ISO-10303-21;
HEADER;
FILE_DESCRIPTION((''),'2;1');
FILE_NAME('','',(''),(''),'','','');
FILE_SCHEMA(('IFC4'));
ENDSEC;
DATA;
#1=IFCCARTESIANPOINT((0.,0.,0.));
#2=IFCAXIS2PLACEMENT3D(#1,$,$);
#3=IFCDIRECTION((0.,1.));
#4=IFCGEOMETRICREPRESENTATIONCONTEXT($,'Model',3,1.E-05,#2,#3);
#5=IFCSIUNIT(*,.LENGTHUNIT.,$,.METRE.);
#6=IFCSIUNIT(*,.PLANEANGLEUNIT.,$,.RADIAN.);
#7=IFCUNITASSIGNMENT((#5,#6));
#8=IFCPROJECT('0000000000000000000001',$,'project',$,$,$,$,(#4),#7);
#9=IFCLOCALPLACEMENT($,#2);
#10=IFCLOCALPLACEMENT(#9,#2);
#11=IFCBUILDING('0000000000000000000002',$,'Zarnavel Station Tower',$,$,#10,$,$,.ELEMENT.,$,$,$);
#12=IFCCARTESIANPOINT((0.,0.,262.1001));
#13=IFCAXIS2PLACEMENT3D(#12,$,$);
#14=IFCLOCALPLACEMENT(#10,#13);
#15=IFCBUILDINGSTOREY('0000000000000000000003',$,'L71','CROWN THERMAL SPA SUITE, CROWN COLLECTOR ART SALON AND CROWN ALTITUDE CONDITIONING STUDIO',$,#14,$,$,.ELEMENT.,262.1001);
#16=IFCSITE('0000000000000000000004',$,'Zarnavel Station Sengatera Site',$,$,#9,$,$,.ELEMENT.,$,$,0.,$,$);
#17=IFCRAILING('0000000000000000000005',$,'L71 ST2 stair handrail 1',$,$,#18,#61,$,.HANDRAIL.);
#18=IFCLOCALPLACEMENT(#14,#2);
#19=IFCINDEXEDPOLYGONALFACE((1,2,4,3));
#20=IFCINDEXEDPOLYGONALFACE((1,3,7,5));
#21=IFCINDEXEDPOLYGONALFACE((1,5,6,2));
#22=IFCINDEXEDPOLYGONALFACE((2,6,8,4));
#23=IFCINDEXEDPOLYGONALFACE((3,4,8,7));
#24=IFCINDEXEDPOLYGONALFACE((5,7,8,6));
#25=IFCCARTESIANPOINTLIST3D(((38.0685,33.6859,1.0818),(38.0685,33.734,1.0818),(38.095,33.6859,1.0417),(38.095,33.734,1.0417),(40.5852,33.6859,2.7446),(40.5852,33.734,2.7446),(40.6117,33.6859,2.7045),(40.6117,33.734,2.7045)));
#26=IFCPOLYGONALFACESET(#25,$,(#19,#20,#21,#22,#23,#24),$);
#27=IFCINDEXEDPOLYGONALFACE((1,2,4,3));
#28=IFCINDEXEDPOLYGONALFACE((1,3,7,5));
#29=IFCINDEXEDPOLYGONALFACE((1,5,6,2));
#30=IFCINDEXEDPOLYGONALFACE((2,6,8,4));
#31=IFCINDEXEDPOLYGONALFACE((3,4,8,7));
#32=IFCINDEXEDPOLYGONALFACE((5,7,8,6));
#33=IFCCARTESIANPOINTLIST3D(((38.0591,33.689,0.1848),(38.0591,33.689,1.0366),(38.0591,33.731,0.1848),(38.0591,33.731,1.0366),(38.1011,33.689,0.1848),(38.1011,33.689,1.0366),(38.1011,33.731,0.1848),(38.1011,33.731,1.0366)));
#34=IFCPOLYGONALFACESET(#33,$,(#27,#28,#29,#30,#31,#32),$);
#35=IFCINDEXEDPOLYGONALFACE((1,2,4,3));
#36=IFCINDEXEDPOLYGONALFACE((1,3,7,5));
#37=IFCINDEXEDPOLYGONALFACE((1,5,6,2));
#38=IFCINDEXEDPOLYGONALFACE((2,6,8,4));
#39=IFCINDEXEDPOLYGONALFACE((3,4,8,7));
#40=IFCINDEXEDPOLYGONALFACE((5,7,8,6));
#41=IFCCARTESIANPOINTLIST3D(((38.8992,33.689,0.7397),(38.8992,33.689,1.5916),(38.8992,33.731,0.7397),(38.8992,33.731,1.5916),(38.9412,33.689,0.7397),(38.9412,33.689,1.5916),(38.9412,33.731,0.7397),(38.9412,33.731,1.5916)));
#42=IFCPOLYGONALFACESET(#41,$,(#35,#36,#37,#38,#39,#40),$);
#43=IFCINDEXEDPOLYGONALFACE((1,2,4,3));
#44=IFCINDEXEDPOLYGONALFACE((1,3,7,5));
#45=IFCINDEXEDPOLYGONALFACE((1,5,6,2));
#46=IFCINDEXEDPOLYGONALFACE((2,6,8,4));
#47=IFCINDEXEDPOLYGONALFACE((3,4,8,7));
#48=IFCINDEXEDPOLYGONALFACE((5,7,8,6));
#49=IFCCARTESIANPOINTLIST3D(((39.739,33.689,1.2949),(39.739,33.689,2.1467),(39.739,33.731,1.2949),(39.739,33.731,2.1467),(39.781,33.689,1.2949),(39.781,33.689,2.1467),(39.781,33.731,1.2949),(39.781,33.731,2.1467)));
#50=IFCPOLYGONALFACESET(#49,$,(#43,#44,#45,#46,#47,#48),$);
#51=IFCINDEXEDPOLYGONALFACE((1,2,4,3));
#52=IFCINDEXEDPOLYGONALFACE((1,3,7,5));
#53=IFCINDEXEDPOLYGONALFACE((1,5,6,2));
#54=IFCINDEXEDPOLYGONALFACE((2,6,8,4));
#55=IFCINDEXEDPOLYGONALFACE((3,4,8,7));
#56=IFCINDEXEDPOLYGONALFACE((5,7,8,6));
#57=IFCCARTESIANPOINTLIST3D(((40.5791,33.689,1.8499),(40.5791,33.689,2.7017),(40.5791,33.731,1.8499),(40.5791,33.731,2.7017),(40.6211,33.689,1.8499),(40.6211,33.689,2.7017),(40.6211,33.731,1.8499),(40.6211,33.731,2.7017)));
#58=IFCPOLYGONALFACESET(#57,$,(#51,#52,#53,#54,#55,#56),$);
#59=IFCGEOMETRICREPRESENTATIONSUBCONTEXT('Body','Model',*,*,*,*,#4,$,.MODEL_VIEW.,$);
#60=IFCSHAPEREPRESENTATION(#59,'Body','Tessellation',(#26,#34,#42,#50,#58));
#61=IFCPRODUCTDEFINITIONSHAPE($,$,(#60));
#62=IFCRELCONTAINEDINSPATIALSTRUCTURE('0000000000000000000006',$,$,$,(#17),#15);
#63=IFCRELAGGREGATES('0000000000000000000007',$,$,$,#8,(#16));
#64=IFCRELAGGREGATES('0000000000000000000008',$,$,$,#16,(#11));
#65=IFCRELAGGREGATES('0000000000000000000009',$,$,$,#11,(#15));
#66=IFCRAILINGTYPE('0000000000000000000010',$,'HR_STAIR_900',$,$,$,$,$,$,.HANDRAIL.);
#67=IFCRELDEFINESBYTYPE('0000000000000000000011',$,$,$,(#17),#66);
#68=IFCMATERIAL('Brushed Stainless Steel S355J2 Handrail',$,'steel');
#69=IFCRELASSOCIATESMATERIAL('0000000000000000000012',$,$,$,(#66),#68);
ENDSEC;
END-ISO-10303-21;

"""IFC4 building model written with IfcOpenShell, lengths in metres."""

from ifc_helpers import new_model, si_unit, direction, frame, origin, origin_2d, place, context, subcontext, project, spatial, rectangle, extrude, material, type_object, element, save


model = new_model("IFC4")

# Units and contexts
model_context = context("Model", 3, precision=1e-05, world=origin(), true_north=direction((0.0, 1.0)))
body_context = subcontext(model_context, "Body", "Model", "MODEL_VIEW")
ifc_project = project(units=[si_unit("LENGTHUNIT", "METRE"), si_unit("PLANEANGLEUNIT", "RADIAN")], contexts=[model_context])

# Site, building, storey
site_placement = place(None, origin())
site = spatial("IfcSite", under=ifc_project, at=site_placement, Name="Zarnavel Station Sengatera Site", CompositionType="ELEMENT", RefElevation=0.0)
building_placement = place(site_placement, origin())
building = spatial("IfcBuilding", under=site, at=building_placement, Name="Zarnavel Station Tower", CompositionType="ELEMENT")
storey_placement = place(building_placement, frame((0.0, 0.0, 262.1001)))
storey = spatial("IfcBuildingStorey", under=building, at=storey_placement, Name="L71", Description="CROWN THERMAL SPA SUITE, CROWN COLLECTOR ART SALON AND CROWN ALTITUDE CONDITIONING STUDIO", CompositionType="ELEMENT", Elevation=262.1001)

# Railing
ifc_material_1 = material(Name="Brushed Stainless Steel S355J2 Handrail", Category="steel")
railing_type_1 = type_object("IfcRailingType", Name="HR_STAIR_900", PredefinedType="HANDRAIL", material=ifc_material_1)
railing_1_placement = place(storey_placement, frame((38.0801, 33.71, 0.1848)))
element("IfcRailing", 1, at=railing_1_placement, inside=storey, type_object=railing_type_1, Name="L71 ST2 stair handrail 1", PredefinedType="HANDRAIL", context=body_context, shape_type="SweptSolid", body=[
    extrude(rectangle(XDim=0.0481, YDim=0.0481, at=origin_2d()), frame((0.0017, 0.0, 0.877), z_axis=(0.834331, 0.0, 0.551263), x_axis=(0.0, 1.0, 0.0)), (0.0, 0.0, 1.0), 3.0164),
    extrude(rectangle(XDim=0.042, YDim=0.042, at=origin_2d()), origin(), (0.0, 0.0, 1.0), 0.8518),
    extrude(rectangle(XDim=0.042, YDim=0.042, at=origin_2d()), frame((0.8401, 0.0, 0.5549)), (0.0, 0.0, 1.0), 0.8518),
    extrude(rectangle(XDim=0.042, YDim=0.042, at=origin_2d()), frame((1.6799, 0.0, 1.1101)), (0.0, 0.0, 1.0), 0.8518),
    extrude(rectangle(XDim=0.042, YDim=0.042, at=origin_2d()), frame((2.52, 0.0, 1.665)), (0.0, 0.0, 1.0), 0.8518),
])

save(model, "model.ifc")
